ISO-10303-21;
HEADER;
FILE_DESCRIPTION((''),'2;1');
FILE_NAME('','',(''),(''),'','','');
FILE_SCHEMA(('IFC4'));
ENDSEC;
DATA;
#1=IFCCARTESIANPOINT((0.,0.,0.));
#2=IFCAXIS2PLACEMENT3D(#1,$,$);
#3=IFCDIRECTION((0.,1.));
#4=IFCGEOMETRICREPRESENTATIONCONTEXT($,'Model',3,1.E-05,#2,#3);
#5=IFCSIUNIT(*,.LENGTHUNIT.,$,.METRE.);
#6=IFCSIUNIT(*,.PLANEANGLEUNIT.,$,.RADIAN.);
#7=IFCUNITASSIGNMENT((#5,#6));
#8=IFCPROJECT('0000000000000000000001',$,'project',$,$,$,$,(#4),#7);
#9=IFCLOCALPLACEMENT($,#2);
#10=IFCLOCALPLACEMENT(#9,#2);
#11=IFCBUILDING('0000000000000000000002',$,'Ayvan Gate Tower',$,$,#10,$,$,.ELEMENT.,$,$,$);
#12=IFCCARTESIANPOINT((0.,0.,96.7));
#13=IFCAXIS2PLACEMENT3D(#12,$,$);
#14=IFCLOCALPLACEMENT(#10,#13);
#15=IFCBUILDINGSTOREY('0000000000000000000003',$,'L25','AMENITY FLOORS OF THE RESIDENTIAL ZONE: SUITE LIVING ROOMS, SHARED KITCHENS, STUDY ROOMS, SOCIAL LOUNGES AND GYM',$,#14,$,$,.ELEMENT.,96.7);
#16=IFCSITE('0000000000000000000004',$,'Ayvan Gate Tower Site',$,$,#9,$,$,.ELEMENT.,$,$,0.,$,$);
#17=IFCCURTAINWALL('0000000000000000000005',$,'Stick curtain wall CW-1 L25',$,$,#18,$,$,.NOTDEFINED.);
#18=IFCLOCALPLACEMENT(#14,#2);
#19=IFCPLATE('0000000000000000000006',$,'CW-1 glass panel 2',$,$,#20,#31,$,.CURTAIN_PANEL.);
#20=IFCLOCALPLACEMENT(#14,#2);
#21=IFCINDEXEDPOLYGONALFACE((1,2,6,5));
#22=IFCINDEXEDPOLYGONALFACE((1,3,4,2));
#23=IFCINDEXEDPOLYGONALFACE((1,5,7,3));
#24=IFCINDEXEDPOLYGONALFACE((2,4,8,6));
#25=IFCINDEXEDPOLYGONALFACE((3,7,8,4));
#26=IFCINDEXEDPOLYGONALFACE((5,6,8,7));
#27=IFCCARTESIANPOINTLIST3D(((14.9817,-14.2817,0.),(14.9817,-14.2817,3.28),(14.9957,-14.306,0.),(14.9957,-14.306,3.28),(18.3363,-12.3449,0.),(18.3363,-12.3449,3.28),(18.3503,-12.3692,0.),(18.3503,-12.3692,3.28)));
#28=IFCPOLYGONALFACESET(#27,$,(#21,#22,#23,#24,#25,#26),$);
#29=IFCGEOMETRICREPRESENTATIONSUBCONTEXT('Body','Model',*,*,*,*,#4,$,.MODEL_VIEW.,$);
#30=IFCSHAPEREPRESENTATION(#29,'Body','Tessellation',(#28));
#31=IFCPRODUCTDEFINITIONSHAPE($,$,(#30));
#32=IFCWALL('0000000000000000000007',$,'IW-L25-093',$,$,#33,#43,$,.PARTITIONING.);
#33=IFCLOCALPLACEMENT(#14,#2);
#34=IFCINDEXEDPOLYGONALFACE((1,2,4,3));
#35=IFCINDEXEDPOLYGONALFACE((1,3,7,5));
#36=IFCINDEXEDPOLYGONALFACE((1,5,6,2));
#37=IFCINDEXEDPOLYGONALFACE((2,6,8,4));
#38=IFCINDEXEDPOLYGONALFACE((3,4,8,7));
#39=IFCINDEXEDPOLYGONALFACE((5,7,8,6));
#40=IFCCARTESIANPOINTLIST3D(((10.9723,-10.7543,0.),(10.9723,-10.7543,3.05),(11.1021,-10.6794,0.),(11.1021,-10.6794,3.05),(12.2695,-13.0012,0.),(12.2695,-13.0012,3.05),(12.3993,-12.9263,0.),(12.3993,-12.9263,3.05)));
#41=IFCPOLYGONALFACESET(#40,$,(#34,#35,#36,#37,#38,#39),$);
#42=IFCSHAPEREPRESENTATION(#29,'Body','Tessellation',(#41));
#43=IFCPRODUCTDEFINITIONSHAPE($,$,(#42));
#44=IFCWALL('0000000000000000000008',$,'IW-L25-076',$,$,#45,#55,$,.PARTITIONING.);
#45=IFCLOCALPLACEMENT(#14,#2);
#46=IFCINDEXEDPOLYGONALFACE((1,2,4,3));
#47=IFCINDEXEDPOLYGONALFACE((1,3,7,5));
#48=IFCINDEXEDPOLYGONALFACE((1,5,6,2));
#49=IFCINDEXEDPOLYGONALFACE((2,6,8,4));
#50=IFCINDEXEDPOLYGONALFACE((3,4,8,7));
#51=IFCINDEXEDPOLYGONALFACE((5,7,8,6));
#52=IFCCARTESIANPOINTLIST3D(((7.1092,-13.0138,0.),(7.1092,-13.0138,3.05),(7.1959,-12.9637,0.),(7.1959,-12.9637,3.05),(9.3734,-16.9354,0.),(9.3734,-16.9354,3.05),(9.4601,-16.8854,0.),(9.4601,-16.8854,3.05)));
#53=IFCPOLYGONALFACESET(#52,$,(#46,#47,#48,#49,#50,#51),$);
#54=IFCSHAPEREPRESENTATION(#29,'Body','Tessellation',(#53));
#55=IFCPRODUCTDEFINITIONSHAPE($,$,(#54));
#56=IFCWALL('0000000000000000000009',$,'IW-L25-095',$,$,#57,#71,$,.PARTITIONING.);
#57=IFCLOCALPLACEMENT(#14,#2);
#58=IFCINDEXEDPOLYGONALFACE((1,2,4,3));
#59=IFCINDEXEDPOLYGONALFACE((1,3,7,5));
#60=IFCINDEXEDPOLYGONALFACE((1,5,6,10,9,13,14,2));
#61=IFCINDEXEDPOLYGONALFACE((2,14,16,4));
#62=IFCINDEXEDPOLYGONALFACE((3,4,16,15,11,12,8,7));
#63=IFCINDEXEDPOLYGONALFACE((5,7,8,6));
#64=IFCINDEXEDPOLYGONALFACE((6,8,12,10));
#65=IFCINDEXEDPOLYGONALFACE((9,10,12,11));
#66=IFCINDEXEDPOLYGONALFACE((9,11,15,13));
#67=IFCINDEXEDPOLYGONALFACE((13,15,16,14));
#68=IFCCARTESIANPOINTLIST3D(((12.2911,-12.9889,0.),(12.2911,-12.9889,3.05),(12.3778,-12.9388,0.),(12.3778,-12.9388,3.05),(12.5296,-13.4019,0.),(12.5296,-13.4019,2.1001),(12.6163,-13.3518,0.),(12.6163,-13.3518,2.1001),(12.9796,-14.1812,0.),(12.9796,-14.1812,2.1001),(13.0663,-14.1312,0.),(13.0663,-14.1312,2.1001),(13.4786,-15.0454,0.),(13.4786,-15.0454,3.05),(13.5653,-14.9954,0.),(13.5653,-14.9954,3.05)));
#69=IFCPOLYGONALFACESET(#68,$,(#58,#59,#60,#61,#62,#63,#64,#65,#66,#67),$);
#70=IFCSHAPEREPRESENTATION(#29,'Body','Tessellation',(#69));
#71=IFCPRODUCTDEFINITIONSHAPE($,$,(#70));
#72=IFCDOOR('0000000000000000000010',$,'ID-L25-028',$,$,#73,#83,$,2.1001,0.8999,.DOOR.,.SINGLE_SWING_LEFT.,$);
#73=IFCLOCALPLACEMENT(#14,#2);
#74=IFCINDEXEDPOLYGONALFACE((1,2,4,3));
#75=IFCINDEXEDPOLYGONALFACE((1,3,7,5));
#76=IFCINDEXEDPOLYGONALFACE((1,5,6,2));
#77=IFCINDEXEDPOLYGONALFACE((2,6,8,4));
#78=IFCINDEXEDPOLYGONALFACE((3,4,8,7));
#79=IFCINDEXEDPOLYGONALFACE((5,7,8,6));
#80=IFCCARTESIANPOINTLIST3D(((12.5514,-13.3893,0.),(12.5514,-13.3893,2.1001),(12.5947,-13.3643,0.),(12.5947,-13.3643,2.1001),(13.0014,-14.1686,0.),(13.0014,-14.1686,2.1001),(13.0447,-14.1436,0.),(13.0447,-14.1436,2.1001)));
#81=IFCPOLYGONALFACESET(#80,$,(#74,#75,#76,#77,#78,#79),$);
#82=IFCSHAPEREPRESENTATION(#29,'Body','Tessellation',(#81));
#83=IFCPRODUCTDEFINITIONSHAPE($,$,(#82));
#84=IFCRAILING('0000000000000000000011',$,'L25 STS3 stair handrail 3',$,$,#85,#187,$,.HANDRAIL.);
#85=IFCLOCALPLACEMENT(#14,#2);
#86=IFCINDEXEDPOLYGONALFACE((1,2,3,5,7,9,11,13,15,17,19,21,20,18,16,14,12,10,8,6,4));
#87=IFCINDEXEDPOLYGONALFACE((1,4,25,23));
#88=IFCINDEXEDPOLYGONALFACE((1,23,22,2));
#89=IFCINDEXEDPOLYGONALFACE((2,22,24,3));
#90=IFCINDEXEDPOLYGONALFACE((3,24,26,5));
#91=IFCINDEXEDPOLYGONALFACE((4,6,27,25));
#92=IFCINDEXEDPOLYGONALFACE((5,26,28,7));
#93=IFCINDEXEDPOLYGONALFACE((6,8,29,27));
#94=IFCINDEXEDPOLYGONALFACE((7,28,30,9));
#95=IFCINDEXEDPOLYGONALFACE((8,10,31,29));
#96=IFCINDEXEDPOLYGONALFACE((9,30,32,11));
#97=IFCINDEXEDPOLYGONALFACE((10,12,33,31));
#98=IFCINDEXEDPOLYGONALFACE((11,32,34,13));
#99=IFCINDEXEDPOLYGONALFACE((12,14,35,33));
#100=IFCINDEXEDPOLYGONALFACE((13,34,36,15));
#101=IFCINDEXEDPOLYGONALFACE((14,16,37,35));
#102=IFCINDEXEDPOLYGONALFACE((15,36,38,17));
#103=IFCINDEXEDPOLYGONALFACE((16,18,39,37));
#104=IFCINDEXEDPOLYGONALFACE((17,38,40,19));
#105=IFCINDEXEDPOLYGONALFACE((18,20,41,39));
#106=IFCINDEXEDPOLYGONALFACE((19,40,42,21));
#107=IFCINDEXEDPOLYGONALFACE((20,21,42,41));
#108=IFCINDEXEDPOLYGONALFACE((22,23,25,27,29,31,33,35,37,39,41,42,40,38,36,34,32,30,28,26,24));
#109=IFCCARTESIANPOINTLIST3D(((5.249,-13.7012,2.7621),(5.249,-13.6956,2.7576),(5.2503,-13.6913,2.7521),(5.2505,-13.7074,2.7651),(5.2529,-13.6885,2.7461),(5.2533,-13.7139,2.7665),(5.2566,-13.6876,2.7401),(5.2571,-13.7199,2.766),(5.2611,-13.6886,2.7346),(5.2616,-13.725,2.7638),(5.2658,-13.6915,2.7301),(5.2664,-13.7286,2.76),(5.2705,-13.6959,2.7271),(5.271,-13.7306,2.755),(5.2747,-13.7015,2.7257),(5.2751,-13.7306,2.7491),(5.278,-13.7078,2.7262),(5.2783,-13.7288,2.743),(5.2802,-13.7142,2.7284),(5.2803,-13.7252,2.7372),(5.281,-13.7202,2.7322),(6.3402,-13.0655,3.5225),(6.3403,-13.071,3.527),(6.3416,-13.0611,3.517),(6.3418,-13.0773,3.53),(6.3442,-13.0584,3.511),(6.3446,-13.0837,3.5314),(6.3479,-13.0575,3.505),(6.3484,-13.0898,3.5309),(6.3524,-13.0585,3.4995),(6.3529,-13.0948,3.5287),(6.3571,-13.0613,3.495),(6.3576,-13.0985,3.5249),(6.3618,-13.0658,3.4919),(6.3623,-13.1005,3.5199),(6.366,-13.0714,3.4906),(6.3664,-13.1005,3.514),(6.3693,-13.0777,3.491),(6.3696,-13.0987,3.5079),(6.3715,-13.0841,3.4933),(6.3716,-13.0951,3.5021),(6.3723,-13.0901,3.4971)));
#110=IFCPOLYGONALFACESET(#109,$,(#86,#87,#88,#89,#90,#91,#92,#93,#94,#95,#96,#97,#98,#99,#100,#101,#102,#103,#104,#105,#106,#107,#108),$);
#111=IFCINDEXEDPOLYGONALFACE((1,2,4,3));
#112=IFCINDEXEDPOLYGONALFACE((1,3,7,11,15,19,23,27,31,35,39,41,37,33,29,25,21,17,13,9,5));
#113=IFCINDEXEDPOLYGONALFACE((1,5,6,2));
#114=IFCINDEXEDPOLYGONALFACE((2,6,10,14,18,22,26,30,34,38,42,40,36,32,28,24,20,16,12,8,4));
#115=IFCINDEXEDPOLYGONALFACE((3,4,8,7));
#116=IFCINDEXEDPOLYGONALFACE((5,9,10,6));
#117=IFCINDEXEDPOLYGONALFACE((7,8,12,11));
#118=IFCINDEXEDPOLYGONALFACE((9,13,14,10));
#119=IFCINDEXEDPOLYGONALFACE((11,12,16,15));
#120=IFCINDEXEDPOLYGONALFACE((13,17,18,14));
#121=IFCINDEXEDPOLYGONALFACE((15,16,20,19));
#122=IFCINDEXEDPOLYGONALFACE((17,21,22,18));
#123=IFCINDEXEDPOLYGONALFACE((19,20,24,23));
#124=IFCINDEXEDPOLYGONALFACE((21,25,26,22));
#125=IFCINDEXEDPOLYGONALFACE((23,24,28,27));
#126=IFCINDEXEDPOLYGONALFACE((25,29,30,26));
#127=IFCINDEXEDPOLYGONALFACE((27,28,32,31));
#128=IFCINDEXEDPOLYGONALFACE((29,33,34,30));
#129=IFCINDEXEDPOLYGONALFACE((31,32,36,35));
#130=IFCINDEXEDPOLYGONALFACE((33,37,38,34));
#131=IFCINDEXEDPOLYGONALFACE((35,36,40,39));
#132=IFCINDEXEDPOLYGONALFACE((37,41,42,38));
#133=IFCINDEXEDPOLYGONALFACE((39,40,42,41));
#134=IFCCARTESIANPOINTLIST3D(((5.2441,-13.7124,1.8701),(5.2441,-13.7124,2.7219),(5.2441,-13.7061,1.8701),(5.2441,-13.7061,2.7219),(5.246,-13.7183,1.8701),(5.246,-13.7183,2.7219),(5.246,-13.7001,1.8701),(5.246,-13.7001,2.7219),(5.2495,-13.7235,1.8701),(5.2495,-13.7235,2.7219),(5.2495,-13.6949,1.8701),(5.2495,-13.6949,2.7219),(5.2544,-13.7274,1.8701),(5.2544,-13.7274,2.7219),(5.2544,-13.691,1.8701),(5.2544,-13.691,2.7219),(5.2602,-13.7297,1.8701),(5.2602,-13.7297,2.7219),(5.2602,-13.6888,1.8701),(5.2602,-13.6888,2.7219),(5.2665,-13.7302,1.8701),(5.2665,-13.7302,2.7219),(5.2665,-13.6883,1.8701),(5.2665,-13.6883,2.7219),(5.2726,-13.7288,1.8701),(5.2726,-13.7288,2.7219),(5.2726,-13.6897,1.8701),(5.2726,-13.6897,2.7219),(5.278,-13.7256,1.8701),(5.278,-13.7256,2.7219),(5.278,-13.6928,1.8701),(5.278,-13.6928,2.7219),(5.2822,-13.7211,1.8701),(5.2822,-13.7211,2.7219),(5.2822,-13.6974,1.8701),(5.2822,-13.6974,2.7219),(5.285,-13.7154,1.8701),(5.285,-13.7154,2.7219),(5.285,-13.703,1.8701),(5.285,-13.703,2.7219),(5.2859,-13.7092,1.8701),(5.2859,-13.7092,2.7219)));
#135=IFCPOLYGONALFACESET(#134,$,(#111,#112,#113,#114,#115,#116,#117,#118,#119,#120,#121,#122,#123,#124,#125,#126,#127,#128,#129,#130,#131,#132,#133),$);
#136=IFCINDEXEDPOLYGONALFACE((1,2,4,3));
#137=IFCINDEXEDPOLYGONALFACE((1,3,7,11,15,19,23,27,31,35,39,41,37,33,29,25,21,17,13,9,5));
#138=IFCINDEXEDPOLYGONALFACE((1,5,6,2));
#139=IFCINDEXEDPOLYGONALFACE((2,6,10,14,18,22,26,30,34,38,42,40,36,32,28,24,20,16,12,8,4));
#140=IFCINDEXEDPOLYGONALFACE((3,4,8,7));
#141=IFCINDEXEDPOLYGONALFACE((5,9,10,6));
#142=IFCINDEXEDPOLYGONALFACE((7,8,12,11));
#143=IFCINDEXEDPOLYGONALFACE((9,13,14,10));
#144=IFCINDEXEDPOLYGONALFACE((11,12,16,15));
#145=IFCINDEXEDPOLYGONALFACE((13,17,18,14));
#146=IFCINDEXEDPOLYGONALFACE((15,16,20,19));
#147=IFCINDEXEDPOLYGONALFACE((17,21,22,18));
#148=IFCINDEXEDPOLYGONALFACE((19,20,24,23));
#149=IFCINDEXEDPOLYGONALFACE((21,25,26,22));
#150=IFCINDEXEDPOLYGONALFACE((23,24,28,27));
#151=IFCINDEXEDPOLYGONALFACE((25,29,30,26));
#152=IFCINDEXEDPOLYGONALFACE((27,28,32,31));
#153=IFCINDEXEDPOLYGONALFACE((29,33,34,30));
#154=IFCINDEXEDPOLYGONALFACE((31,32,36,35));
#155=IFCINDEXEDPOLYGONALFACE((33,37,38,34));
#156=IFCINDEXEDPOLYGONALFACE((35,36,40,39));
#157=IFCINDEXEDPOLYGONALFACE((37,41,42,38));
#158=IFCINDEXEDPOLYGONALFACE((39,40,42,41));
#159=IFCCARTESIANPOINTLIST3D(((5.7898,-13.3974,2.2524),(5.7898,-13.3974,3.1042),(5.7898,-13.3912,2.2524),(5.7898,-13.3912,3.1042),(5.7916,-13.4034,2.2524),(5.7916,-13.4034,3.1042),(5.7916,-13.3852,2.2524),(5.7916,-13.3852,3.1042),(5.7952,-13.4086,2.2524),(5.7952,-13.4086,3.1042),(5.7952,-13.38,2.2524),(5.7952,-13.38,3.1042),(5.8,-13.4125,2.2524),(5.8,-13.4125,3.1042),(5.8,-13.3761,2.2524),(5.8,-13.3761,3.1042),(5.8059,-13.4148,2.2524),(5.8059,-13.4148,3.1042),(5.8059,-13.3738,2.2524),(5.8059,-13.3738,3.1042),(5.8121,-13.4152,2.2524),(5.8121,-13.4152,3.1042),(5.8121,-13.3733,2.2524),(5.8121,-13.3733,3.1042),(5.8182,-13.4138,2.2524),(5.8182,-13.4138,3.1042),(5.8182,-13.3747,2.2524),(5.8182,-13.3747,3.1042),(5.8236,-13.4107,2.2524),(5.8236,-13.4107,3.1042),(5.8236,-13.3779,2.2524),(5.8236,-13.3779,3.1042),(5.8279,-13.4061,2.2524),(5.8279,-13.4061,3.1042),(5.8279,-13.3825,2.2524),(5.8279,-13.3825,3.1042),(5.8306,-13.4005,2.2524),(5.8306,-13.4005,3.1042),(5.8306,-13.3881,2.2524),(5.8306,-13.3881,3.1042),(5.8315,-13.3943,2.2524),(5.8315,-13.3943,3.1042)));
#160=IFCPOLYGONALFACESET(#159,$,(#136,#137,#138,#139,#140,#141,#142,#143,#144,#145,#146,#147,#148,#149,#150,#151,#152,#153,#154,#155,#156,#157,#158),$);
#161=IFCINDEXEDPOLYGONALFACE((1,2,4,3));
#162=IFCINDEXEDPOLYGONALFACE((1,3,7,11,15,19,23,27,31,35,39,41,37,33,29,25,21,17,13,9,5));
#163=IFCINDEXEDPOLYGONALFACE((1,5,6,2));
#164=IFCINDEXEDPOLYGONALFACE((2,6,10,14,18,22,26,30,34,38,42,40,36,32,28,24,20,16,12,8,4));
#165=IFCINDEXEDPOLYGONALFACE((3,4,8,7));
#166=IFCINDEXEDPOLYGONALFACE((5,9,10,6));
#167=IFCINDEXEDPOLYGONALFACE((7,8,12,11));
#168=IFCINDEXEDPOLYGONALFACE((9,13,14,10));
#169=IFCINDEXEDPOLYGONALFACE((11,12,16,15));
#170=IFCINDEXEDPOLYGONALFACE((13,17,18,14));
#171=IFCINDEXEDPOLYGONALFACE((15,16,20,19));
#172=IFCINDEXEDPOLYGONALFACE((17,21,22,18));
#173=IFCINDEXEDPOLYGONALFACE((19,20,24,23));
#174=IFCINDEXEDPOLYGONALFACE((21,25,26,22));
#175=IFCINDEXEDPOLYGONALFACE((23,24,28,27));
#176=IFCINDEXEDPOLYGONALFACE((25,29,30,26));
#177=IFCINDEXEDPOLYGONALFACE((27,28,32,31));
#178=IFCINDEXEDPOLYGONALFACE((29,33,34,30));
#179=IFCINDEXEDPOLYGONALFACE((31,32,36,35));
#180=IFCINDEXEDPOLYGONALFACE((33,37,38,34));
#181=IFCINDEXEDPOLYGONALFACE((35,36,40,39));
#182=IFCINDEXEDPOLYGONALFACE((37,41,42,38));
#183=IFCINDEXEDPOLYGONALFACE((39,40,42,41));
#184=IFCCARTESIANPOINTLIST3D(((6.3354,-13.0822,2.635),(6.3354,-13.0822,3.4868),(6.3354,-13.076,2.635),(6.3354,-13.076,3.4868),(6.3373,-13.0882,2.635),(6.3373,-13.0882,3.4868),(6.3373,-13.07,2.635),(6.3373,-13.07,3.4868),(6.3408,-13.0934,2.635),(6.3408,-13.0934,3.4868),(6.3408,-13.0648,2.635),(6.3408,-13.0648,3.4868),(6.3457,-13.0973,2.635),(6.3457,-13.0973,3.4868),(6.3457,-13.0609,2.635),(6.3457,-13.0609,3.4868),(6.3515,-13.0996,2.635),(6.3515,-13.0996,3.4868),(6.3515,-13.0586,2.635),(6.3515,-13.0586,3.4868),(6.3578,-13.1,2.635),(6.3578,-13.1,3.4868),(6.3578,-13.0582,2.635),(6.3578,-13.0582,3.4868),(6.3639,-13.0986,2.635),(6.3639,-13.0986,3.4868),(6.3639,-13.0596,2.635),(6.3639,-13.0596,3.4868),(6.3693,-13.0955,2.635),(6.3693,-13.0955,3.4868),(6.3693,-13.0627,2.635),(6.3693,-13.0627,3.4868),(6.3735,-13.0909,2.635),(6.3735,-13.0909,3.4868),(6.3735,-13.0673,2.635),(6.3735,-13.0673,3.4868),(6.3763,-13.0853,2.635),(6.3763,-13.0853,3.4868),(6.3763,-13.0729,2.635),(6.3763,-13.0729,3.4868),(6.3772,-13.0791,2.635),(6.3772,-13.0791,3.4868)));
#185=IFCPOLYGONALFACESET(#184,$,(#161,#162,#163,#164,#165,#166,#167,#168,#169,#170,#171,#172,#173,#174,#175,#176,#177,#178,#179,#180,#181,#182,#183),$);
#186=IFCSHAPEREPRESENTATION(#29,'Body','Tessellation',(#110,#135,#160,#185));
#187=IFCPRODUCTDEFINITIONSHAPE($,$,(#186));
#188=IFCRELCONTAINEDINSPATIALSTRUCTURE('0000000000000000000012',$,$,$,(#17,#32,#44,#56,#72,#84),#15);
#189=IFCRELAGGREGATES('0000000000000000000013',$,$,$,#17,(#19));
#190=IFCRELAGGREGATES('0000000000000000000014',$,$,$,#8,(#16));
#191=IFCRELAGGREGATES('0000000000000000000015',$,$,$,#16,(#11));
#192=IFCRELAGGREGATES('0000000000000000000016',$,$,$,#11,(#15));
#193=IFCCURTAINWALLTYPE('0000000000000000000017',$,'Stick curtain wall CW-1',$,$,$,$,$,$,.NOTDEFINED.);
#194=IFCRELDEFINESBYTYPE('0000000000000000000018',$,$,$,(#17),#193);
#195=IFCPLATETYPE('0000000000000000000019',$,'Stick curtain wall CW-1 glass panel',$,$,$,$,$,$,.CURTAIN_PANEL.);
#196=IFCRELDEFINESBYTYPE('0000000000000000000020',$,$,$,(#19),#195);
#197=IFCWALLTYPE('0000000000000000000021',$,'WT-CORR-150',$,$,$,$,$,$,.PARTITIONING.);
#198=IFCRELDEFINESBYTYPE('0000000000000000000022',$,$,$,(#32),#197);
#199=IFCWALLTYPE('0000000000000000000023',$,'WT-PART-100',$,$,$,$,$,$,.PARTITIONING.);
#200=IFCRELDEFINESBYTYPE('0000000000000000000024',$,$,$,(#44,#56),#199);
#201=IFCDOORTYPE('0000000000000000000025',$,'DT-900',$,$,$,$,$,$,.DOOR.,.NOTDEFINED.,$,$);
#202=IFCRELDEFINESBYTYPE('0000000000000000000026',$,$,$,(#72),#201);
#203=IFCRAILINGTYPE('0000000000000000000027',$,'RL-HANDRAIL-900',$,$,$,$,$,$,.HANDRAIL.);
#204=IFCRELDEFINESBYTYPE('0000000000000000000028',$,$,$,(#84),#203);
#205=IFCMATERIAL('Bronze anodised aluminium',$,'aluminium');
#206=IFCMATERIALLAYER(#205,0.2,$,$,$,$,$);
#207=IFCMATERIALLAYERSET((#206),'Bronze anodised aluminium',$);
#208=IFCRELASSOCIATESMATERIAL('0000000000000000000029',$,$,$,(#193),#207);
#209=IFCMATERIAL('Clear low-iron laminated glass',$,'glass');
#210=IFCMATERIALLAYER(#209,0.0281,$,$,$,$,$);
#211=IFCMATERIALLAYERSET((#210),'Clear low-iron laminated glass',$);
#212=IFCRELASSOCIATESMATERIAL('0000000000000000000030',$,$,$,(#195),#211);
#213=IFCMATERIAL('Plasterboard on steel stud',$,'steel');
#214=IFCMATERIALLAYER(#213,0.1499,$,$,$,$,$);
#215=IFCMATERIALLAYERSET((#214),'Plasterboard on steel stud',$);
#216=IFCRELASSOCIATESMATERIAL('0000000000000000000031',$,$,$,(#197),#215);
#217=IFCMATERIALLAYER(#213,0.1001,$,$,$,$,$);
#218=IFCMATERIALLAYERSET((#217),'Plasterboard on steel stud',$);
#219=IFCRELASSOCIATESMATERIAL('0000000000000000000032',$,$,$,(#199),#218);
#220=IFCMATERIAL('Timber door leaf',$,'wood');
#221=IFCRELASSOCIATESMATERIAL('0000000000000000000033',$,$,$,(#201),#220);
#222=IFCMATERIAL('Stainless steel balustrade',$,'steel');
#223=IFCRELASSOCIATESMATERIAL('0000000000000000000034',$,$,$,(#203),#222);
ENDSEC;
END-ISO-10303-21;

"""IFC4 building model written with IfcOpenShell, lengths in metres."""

from ifc_helpers import new_model, si_unit, direction, frame, frame_2d, origin, origin_2d, place, context, subcontext, project, spatial, rectangle, circle, extrude, material, layer, layer_set, type_object, element, fill, aggregate, save


model = new_model("IFC4")

# Units and contexts
model_context = context("Model", 3, precision=1e-05, world=origin(), true_north=direction((0.0, 1.0)))
body_context = subcontext(model_context, "Body", "Model", "MODEL_VIEW")
ifc_project = project(units=[si_unit("LENGTHUNIT", "METRE"), si_unit("PLANEANGLEUNIT", "RADIAN")], contexts=[model_context])

# Site, building, storey
site_placement = place(None, origin())
site = spatial("IfcSite", under=ifc_project, at=site_placement, Name="Ayvan Gate Tower Site", CompositionType="ELEMENT", RefElevation=0.0)
building_placement = place(site_placement, origin())
building = spatial("IfcBuilding", under=site, at=building_placement, Name="Ayvan Gate Tower", CompositionType="ELEMENT")
storey_placement = place(building_placement, frame((0.0, 0.0, 96.7)))
storey = spatial("IfcBuildingStorey", under=building, at=storey_placement, Name="L25", Description="AMENITY FLOORS OF THE RESIDENTIAL ZONE: SUITE LIVING ROOMS, SHARED KITCHENS, STUDY ROOMS, SOCIAL LOUNGES AND GYM", CompositionType="ELEMENT", Elevation=96.7)

# Curtain wall
ifc_material_1 = material(Name="Bronze anodised aluminium", Category="aluminium")
ifc_layer_1 = layer(ifc_material_1, 0.2)
ifc_layer_set_1 = layer_set([ifc_layer_1], Name="Bronze anodised aluminium")
curtain_wall_type = type_object("IfcCurtainWallType", Name="Stick curtain wall CW-1", PredefinedType="NOTDEFINED", material=ifc_layer_set_1)
curtain_wall_1_placement = place(storey_placement, origin())
curtain_wall_1 = element("IfcCurtainWall", 1, at=curtain_wall_1_placement, inside=storey, type_object=curtain_wall_type, Name="Stick curtain wall CW-1 L25", PredefinedType="NOTDEFINED")

# Plate
ifc_material_2 = material(Name="Clear low-iron laminated glass", Category="glass")
ifc_layer_2 = layer(ifc_material_2, 0.0281)
ifc_layer_set_2 = layer_set([ifc_layer_2], Name="Clear low-iron laminated glass")
plate_type = type_object("IfcPlateType", Name="Stick curtain wall CW-1 glass panel", PredefinedType="CURTAIN_PANEL", material=ifc_layer_set_2)
plate_1_placement = place(storey_placement, frame((16.666, -13.3254, 0.0), z_axis=(0.0, 0.0, 1.0), x_axis=(0.866025, 0.5, 0.0)))
plate_1 = element("IfcPlate", 2, at=plate_1_placement, type_object=plate_type, Name="CW-1 glass panel 2", PredefinedType="CURTAIN_PANEL", context=body_context, shape_type="SweptSolid", body=[
    extrude(rectangle(XDim=3.8735, YDim=0.0281, at=origin_2d()), origin(), (0.0, 0.0, 1.0), 3.28),
])
aggregate(curtain_wall_1, [plate_1])

# Walls
ifc_material_3 = material(Name="Plasterboard on steel stud", Category="steel")
ifc_layer_3 = layer(ifc_material_3, 0.1499)
ifc_layer_set_3 = layer_set([ifc_layer_3], Name="Plasterboard on steel stud")
wall_type_1 = type_object("IfcWallType", Name="WT-CORR-150", PredefinedType="PARTITIONING", material=ifc_layer_set_3)
wall_1_placement = place(storey_placement, frame((12.3345, -12.9639, 0.0), z_axis=(0.0, 0.0, 1.0), x_axis=(-0.499975, 0.86604, 0.0)))
element("IfcWall", 3, at=wall_1_placement, inside=storey, type_object=wall_type_1, Name="IW-L25-093", PredefinedType="PARTITIONING", context=body_context, shape_type="SweptSolid", body=[
    extrude(rectangle(XDim=2.5945, YDim=0.1499, at=frame_2d((1.2974, 0.0))), origin(), (0.0, 0.0, 1.0), 3.05),
])
ifc_layer_4 = layer(ifc_material_3, 0.1001)
ifc_layer_set_4 = layer_set([ifc_layer_4], Name="Plasterboard on steel stud")
wall_type_2 = type_object("IfcWallType", Name="WT-PART-100", PredefinedType="PARTITIONING", material=ifc_layer_set_4)
wall_2_placement = place(storey_placement, frame((7.1526, -12.9888, 0.0), z_axis=(0.0, 0.0, 1.0), x_axis=(0.500001, -0.866025, 0.0)))
element("IfcWall", 4, at=wall_2_placement, inside=storey, type_object=wall_type_2, Name="IW-L25-076", PredefinedType="PARTITIONING", context=body_context, shape_type="SweptSolid", body=[
    extrude(rectangle(XDim=4.5283, YDim=0.1001, at=frame_2d((2.2642, 0.0))), origin(), (0.0, 0.0, 1.0), 3.05),
])

# Wall, opening, door
wall_3_placement = place(storey_placement, frame((13.522, -15.0205, 0.0), z_axis=(0.0, 0.0, 1.0), x_axis=(-0.500031, 0.866008, 0.0)))
wall_3 = element("IfcWall", 5, at=wall_3_placement, inside=storey, type_object=wall_type_2, Name="IW-L25-095", PredefinedType="PARTITIONING", context=body_context, shape_type="SweptSolid", body=[
    extrude(rectangle(XDim=2.3748, YDim=0.1001, at=frame_2d((1.1875, 0.0))), origin(), (0.0, 0.0, 1.0), 3.05),
])
opening_1_placement = place(wall_3_placement, frame((0.998, 0.0, 0.0)))
opening_1 = element("IfcOpeningElement", 6, at=opening_1_placement, cuts=wall_3, PredefinedType="OPENING", context=body_context, shape_type="SweptSolid", body=[
    extrude(rectangle(XDim=0.8999, YDim=2.1001, at=frame_2d((0.45, 1.05))), frame((0.0, 0.0601, 0.0), z_axis=(0.0, -1.0, 0.0), x_axis=(1.0, 0.0, 0.0)), (0.0, 0.0, 1.0), 0.1201),
])
ifc_material_4 = material(Name="Timber door leaf", Category="wood")
door_type_1 = type_object("IfcDoorType", Name="DT-900", OperationType="NOTDEFINED", PredefinedType="DOOR", material=ifc_material_4)
door_1_placement = place(opening_1_placement, origin())
door_1 = element("IfcDoor", 7, at=door_1_placement, inside=storey, type_object=door_type_1, Name="ID-L25-028", OperationType="SINGLE_SWING_LEFT", OverallHeight=2.1001, OverallWidth=0.8999, PredefinedType="DOOR", context=body_context, shape_type="SweptSolid", body=[
    extrude(rectangle(XDim=0.8999, YDim=2.1001, at=frame_2d((0.45, 1.05))), frame((0.0, 0.0249, 0.0), z_axis=(0.0, -1.0, 0.0), x_axis=(1.0, 0.0, 0.0)), (0.0, 0.0, 1.0), 0.05),
])
fill(opening_1, door_1)

# Railing
ifc_material_5 = material(Name="Stainless steel balustrade", Category="steel")
railing_type_1 = type_object("IfcRailingType", Name="RL-HANDRAIL-900", PredefinedType="HANDRAIL", material=ifc_material_5)
railing_1_placement = place(storey_placement, frame((5.2649, -13.7092, 1.8701)))
element("IfcRailing", 8, at=railing_1_placement, inside=storey, type_object=railing_type_1, Name="L25 STS3 stair handrail 3", PredefinedType="HANDRAIL", context=body_context, shape_type="SweptSolid", body=[
    extrude(circle(Radius=0.0239, at=origin_2d()), frame((0.0, 0.0, 0.876), z_axis=(0.740304, 0.427455, 0.518875), x_axis=(-0.500035, 0.866005, 0.0)), (0.0, 0.0, 1.0), 1.4741),
    extrude(circle(Radius=0.021, at=origin_2d()), origin(), (0.0, 0.0, 1.0), 0.8518),
    extrude(circle(Radius=0.021, at=origin_2d()), frame((0.5457, 0.3149, 0.3823)), (0.0, 0.0, 1.0), 0.8518),
    extrude(circle(Radius=0.021, at=origin_2d()), frame((1.0913, 0.6301, 0.7649)), (0.0, 0.0, 1.0), 0.8518),
])

save(model, "model.ifc")
